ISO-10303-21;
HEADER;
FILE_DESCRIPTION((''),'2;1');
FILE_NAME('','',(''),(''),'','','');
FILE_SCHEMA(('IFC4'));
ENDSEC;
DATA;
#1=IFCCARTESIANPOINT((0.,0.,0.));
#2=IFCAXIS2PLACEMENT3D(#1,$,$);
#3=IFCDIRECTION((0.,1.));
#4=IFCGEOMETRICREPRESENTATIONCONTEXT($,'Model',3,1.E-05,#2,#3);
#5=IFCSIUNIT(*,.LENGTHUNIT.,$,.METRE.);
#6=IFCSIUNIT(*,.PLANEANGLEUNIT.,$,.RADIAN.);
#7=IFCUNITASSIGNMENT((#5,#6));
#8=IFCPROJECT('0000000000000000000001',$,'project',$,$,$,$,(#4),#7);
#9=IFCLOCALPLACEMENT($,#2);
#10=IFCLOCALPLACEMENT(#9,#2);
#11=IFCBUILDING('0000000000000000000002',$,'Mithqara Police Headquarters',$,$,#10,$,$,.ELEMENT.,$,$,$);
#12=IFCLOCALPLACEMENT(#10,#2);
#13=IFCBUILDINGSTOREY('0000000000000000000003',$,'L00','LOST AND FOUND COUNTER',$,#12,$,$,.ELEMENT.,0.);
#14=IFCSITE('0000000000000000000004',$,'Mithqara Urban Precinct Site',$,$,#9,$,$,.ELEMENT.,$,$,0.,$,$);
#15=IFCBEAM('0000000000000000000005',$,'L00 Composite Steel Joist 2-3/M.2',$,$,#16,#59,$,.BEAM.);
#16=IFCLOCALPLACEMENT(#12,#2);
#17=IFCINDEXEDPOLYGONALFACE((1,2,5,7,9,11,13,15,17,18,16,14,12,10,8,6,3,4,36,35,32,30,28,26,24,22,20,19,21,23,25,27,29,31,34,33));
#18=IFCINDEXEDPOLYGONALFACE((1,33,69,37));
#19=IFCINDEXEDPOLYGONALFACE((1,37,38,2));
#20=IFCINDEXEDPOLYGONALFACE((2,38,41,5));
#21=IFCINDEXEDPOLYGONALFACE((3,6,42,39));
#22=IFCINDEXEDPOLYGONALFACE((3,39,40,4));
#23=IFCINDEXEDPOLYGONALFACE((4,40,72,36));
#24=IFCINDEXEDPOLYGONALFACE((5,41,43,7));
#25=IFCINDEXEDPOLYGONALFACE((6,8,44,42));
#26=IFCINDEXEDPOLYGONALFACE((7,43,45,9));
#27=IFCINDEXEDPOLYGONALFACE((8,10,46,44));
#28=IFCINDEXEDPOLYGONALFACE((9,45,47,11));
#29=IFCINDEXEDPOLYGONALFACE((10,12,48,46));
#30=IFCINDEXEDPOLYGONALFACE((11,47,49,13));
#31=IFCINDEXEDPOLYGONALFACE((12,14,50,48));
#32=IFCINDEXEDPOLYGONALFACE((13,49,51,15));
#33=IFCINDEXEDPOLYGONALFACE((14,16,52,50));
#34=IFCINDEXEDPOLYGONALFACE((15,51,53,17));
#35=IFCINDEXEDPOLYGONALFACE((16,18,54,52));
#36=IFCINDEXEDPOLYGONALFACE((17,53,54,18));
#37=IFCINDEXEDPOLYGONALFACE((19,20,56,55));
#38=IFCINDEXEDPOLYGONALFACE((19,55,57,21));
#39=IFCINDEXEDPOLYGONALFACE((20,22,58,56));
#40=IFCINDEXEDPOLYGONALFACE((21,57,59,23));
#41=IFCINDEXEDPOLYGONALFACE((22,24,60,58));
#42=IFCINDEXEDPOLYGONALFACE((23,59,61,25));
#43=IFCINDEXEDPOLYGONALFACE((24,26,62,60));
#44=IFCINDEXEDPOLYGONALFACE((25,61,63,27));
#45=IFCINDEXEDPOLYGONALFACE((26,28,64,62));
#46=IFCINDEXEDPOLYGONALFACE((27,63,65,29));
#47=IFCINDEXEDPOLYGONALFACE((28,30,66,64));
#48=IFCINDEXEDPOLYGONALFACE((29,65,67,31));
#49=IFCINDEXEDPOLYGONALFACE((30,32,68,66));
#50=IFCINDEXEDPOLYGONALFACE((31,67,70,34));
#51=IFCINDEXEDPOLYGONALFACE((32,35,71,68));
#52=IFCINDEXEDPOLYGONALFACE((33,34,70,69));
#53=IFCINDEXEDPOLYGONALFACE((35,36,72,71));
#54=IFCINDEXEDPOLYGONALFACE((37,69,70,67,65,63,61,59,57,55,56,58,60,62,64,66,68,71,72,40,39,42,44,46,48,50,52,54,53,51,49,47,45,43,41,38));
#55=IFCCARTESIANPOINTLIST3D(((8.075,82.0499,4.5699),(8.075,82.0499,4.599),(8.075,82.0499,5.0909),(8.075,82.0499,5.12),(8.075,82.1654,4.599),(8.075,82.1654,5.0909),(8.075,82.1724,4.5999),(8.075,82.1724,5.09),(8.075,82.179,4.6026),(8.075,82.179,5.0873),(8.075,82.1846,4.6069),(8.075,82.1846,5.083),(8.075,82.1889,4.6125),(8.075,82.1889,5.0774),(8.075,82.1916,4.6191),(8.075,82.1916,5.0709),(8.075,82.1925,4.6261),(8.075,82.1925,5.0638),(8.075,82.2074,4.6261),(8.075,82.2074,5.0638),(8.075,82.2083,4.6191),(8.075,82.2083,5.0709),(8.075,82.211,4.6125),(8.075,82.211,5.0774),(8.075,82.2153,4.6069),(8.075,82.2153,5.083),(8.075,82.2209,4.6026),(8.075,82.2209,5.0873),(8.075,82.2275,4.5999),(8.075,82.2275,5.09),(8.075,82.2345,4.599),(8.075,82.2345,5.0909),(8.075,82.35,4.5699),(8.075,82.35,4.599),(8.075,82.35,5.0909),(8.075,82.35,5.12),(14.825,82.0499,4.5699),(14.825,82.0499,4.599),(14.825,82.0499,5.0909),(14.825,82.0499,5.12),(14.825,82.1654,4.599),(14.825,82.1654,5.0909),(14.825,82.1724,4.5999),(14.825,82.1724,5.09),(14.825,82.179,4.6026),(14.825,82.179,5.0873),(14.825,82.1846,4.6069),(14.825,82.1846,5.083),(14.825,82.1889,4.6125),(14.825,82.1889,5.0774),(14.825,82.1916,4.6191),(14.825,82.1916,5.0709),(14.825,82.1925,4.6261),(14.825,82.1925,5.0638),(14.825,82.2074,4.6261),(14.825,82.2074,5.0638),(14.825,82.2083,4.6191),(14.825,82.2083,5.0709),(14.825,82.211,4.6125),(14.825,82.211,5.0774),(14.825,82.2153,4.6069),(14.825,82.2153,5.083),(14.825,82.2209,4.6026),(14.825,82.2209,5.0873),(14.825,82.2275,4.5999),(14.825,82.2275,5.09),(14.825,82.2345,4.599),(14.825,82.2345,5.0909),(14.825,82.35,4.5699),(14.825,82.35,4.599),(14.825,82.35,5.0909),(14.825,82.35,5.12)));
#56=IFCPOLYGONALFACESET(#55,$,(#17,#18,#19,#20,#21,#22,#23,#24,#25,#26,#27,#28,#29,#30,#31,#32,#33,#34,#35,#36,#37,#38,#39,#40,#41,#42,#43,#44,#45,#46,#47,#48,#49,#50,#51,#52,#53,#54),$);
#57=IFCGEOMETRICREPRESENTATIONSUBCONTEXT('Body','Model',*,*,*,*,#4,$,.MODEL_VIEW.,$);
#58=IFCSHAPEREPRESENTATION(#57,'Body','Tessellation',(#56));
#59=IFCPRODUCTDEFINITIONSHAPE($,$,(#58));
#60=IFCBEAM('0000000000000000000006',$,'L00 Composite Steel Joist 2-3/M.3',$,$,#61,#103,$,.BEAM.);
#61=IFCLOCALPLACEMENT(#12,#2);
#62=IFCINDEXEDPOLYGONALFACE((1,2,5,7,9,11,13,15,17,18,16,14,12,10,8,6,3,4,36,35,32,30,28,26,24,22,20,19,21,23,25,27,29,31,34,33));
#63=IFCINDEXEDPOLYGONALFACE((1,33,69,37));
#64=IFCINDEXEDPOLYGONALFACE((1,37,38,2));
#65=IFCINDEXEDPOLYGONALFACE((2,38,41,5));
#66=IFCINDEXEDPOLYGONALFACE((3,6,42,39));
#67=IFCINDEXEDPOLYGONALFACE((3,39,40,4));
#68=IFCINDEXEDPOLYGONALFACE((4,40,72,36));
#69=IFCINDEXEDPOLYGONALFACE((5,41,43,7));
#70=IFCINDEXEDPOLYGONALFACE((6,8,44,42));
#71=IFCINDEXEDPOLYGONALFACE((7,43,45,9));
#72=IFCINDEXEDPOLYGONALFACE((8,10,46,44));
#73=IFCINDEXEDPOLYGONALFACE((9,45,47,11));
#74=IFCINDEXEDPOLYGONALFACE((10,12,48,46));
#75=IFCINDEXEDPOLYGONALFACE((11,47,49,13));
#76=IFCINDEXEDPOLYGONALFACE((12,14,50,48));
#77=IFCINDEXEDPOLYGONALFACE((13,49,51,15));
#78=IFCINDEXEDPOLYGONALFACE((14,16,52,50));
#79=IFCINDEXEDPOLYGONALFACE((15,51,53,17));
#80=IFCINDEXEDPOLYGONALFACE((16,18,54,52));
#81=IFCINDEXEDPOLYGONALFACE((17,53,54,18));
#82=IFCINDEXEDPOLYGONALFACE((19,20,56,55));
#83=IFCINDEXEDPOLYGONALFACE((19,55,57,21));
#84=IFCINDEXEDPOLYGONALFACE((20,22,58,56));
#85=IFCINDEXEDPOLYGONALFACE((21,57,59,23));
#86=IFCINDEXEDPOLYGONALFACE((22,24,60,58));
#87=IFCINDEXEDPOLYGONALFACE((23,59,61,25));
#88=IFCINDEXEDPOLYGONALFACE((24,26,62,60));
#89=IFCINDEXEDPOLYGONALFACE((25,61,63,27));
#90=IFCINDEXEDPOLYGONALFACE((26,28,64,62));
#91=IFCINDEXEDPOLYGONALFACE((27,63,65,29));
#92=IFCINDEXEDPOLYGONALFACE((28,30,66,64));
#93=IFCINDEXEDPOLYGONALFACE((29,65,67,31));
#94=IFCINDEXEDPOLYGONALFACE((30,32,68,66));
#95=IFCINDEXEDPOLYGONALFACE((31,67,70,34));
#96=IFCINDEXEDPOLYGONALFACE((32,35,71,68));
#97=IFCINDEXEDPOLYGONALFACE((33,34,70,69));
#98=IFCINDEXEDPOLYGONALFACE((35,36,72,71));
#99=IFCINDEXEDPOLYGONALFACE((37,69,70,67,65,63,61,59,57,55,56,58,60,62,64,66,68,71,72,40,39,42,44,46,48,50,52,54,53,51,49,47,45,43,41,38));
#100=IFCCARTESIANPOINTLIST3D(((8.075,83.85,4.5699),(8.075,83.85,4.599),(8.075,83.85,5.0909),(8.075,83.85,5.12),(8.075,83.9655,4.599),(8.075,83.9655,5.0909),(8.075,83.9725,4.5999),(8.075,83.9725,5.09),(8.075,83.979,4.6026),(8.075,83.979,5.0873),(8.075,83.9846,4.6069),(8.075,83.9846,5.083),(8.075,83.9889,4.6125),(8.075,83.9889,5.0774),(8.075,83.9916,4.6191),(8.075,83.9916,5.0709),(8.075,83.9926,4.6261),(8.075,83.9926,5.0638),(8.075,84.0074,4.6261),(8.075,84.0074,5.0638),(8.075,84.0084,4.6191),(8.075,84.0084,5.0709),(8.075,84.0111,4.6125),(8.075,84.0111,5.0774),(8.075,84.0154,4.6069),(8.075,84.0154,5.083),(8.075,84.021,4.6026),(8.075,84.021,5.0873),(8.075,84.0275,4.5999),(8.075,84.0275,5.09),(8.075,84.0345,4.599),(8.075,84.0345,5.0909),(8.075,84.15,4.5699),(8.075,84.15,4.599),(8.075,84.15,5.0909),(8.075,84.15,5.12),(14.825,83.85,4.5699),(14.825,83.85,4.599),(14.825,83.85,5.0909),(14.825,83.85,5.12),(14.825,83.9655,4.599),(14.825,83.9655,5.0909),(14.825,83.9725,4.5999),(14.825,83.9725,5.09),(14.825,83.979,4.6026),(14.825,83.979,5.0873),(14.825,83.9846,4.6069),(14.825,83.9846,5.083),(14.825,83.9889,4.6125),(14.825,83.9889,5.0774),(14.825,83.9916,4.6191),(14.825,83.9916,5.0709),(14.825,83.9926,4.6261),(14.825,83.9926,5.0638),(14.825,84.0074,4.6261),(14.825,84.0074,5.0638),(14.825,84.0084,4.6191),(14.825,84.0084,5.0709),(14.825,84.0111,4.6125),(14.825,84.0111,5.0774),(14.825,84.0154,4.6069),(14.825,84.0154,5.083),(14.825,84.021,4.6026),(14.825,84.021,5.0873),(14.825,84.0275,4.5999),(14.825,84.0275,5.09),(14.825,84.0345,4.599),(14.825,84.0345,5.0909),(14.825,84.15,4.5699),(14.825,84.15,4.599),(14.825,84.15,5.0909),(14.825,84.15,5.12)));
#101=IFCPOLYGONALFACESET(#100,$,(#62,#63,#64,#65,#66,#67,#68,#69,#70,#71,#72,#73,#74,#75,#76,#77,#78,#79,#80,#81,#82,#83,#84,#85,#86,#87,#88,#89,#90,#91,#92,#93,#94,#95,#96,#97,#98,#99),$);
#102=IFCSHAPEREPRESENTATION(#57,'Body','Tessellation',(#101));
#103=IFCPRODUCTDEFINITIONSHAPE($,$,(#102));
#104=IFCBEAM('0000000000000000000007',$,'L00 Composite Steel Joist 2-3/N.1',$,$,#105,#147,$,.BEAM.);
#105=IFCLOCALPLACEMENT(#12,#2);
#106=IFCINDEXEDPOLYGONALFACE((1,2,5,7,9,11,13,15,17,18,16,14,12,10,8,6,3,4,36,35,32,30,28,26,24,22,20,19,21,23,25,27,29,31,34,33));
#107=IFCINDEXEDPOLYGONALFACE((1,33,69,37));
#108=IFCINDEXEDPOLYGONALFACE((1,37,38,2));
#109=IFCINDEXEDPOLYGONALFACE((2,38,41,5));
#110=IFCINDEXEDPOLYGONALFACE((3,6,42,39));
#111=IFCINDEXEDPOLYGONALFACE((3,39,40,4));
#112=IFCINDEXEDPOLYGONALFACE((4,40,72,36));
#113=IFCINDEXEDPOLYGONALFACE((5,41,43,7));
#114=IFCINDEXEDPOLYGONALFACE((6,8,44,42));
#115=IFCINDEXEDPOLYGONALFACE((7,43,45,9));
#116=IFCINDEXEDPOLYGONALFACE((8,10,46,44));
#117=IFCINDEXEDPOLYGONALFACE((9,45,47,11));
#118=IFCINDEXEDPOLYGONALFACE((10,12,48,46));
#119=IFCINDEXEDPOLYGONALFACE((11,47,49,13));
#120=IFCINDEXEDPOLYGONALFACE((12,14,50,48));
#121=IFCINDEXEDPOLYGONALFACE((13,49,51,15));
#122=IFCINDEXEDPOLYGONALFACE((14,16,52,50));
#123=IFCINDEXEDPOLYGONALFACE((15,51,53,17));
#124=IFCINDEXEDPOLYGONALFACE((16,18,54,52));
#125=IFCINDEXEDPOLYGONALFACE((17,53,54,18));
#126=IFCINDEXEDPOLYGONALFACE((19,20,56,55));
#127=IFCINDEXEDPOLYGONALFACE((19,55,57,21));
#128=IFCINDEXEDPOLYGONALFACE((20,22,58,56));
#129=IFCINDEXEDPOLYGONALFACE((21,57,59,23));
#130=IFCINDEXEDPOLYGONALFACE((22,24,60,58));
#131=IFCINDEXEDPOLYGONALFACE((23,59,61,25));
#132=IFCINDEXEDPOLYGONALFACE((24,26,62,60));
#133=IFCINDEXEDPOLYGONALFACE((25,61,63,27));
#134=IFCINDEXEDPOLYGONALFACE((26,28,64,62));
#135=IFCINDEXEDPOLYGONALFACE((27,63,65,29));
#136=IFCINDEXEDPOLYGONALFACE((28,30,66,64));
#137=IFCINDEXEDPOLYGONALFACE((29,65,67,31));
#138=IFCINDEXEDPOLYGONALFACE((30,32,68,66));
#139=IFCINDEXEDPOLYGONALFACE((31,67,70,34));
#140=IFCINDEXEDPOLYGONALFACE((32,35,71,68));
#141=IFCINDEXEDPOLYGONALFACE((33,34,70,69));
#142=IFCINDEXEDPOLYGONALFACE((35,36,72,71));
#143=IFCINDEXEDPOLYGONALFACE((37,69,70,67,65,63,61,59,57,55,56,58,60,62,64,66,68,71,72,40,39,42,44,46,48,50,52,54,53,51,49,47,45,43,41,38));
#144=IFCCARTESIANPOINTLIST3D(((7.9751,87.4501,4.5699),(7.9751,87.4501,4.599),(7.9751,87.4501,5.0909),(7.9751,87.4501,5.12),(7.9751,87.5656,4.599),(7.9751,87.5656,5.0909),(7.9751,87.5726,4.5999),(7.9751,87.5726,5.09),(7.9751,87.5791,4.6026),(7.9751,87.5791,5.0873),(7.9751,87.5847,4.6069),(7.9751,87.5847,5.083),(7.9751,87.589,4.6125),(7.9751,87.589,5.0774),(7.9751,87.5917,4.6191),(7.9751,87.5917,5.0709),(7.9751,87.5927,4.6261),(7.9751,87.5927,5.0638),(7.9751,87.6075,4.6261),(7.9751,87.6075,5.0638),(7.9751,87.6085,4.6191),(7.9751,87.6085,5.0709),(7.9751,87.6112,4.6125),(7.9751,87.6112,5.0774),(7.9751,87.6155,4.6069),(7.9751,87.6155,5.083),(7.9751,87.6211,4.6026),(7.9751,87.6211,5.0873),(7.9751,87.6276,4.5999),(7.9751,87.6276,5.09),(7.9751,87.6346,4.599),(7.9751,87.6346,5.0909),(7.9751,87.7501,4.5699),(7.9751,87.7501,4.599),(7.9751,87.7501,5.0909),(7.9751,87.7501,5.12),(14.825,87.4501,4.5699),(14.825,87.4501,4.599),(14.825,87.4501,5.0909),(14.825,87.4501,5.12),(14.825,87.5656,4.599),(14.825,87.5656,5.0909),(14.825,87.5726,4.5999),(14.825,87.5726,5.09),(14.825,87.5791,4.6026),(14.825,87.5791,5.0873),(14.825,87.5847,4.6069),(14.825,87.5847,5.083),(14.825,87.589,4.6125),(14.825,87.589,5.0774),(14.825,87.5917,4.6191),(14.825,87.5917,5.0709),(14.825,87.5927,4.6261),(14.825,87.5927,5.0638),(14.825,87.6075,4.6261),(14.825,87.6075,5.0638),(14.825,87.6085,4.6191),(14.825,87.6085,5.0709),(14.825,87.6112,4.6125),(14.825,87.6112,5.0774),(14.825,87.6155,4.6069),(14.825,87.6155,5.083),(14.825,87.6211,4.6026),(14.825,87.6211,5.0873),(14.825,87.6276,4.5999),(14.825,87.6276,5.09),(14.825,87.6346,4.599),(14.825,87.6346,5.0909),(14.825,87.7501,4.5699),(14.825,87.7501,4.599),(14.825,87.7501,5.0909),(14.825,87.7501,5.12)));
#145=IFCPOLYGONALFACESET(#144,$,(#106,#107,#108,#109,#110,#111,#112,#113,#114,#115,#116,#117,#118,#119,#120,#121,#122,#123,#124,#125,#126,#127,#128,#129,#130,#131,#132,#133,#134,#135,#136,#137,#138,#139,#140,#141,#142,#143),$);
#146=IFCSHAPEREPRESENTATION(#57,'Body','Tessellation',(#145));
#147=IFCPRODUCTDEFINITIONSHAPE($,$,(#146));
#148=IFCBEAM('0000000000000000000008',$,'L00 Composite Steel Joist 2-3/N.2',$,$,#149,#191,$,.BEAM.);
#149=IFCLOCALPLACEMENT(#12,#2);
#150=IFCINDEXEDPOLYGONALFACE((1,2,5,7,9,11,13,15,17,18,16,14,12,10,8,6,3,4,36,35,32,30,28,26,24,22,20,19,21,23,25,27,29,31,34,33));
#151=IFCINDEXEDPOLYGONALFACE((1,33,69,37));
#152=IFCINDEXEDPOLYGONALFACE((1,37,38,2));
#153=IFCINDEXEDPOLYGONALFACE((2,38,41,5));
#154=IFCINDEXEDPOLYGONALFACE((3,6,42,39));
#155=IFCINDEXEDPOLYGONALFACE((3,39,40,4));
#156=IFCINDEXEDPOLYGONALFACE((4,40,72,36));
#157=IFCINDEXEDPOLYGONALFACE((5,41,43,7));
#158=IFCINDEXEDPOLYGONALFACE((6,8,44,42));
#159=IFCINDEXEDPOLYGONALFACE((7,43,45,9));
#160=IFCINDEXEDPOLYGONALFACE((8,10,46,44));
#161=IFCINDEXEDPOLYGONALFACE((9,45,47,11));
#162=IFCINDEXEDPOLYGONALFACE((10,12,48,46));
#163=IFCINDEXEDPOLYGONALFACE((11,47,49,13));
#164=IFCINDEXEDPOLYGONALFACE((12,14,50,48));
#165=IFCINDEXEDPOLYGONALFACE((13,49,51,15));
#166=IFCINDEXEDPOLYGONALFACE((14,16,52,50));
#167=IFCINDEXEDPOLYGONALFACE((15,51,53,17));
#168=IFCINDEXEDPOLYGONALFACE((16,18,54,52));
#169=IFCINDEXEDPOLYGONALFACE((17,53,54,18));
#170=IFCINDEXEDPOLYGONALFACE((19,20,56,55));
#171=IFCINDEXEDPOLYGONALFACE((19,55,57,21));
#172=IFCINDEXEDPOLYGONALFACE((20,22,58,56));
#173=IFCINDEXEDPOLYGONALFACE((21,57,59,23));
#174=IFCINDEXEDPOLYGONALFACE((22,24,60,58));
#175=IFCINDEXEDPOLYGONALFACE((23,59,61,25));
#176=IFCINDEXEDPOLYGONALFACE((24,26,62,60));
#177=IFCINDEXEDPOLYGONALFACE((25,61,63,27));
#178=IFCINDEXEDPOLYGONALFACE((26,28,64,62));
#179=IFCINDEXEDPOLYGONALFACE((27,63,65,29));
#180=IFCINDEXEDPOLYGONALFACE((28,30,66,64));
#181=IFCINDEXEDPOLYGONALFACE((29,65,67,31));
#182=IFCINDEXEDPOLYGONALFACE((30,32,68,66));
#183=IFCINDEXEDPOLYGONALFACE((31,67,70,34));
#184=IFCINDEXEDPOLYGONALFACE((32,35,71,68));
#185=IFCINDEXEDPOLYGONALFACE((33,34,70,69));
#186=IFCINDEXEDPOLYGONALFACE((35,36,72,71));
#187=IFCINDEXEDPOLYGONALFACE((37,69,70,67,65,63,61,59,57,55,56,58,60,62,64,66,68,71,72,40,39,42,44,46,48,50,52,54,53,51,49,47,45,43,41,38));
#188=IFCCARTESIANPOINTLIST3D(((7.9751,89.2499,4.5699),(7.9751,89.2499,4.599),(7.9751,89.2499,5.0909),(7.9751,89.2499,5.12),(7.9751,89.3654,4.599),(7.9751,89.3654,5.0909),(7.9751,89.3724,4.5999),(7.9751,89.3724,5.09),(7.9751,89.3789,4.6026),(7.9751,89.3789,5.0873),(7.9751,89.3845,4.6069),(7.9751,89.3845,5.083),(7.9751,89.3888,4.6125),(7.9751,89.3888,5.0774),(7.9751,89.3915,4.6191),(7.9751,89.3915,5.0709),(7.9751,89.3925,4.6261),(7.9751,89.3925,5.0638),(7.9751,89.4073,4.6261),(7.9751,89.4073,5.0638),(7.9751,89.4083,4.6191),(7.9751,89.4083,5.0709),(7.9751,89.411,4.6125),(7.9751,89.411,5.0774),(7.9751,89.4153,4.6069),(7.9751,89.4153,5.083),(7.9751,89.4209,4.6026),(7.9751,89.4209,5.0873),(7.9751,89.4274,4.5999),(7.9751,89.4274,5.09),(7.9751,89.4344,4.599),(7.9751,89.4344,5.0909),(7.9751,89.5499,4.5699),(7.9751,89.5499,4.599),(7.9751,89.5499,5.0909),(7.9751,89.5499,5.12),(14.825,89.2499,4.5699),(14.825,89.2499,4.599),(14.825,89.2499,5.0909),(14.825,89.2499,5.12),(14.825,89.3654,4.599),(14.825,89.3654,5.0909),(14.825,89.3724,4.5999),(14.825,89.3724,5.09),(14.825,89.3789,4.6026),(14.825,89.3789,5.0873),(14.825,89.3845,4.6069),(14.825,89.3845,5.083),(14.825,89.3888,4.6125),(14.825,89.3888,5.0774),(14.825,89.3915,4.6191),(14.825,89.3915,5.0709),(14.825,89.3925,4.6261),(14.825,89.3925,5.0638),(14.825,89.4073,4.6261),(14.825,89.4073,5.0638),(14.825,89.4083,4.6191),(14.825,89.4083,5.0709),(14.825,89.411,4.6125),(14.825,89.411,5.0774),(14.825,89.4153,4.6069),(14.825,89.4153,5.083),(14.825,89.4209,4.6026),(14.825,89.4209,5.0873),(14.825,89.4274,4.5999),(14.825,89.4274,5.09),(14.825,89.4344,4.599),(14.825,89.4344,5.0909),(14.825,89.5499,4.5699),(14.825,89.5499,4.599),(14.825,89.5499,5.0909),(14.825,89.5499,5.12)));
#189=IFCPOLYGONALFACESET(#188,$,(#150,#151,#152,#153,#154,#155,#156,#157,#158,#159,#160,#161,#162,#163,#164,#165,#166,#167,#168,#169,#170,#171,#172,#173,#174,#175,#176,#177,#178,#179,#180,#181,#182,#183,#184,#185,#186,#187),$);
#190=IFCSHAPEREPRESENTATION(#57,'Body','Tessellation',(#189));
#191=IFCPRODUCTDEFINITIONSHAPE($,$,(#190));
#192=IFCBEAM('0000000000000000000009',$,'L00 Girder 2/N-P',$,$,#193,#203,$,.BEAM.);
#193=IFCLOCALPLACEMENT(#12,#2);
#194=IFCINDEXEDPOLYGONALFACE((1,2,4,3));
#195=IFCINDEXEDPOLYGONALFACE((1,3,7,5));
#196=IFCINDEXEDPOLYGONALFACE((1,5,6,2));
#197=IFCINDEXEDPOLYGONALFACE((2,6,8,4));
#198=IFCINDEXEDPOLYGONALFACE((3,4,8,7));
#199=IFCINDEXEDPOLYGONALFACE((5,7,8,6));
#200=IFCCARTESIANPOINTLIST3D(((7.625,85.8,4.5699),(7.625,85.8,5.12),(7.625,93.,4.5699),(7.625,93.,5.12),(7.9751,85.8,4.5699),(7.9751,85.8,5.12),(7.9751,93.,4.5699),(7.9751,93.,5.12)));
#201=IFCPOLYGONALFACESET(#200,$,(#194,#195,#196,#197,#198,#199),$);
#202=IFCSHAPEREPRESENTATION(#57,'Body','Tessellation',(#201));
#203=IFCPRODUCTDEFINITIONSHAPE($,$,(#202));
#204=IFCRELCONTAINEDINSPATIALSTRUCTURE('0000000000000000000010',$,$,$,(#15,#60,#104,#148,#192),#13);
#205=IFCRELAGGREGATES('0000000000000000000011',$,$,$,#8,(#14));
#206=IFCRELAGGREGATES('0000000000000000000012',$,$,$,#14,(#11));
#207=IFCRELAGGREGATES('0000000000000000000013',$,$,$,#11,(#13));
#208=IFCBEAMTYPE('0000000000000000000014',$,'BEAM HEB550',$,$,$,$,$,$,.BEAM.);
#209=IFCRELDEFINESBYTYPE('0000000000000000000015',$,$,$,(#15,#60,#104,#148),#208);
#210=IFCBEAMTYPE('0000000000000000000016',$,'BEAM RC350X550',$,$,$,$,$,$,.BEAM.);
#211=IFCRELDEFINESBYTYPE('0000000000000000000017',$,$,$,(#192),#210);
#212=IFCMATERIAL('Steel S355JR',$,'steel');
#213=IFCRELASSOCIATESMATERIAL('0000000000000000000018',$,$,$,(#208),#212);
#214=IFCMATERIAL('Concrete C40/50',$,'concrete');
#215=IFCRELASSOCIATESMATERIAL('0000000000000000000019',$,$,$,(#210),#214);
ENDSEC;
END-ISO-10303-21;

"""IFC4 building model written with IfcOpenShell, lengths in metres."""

from ifc_helpers import new_model, si_unit, direction, frame, origin, origin_2d, place, context, subcontext, project, spatial, rectangle, i_section, extrude, material, material_profile, profile_set, type_object, element, save


model = new_model("IFC4")

# Units and contexts
model_context = context("Model", 3, precision=1e-05, world=origin(), true_north=direction((0.0, 1.0)))
body_context = subcontext(model_context, "Body", "Model", "MODEL_VIEW")
ifc_project = project(units=[si_unit("LENGTHUNIT", "METRE"), si_unit("PLANEANGLEUNIT", "RADIAN")], contexts=[model_context])

# Site, building, storey
site_placement = place(None, origin())
site = spatial("IfcSite", under=ifc_project, at=site_placement, Name="Mithqara Urban Precinct Site", CompositionType="ELEMENT", RefElevation=0.0)
building_placement = place(site_placement, origin())
building = spatial("IfcBuilding", under=site, at=building_placement, Name="Mithqara Police Headquarters", CompositionType="ELEMENT")
storey_placement = place(building_placement, origin())
storey = spatial("IfcBuildingStorey", under=building, at=storey_placement, Name="L00", Description="LOST AND FOUND COUNTER", CompositionType="ELEMENT", Elevation=0.0)

# Shared definitions
ifc_material_1 = material(Name="Concrete C40/50", Category="concrete")

# Beams
ifc_material_2 = material(Name="Steel S355JR", Category="steel")
ifc_material_profile_1 = material_profile(ifc_material_2, i_section(OverallWidth=0.3, OverallDepth=0.55, WebThickness=0.0149, FlangeThickness=0.0291, FilletRadius=0.0271, at=origin_2d()), Name="HEB 550")
ifc_profile_set_1 = profile_set([ifc_material_profile_1], Name="Steel S355JR")
beam_type_1 = type_object("IfcBeamType", Name="BEAM HEB550", PredefinedType="BEAM", material=ifc_profile_set_1)
for number, where, z_axis, x_axis, name in (
    (1, (8.075, 82.2, 4.845), (1.0, 0.0, 0.0), (0.0, 1.0, 0.0), "L00 Composite Steel Joist 2-3/M.2"),
    (2, (8.075, 84.0, 4.845), (1.0, 0.0, 0.0), (0.0, 1.0, 0.0), "L00 Composite Steel Joist 2-3/M.3"),
):
    element("IfcBeam", number, at=place(storey_placement, frame(where, z_axis=z_axis, x_axis=x_axis)), inside=storey, type_object=beam_type_1, Name=name, PredefinedType="BEAM", context=body_context, shape_type="SweptSolid", body=[
        extrude(i_section(OverallWidth=0.3, OverallDepth=0.55, WebThickness=0.0149, FlangeThickness=0.0291, FilletRadius=0.0271, at=origin_2d()), origin(), (0.0, 0.0, 1.0), 6.75),
    ])
for number, where, z_axis, x_axis, name in (
    (3, (7.9751, 87.6001, 4.845), (1.0, 0.0, 0.0), (0.0, 1.0, 0.0), "L00 Composite Steel Joist 2-3/N.1"),
    (4, (7.9751, 89.3999, 4.845), (1.0, 0.0, 0.0), (0.0, 1.0, 0.0), "L00 Composite Steel Joist 2-3/N.2"),
):
    element("IfcBeam", number, at=place(storey_placement, frame(where, z_axis=z_axis, x_axis=x_axis)), inside=storey, type_object=beam_type_1, Name=name, PredefinedType="BEAM", context=body_context, shape_type="SweptSolid", body=[
        extrude(i_section(OverallWidth=0.3, OverallDepth=0.55, WebThickness=0.0149, FlangeThickness=0.0291, FilletRadius=0.0271, at=origin_2d()), origin(), (0.0, 0.0, 1.0), 6.8499),
    ])
ifc_material_profile_2 = material_profile(ifc_material_1, rectangle(XDim=0.3501, YDim=0.55, at=origin_2d()), Name="RC 350x550")
ifc_profile_set_2 = profile_set([ifc_material_profile_2], Name="Concrete C40/50")
beam_type_2 = type_object("IfcBeamType", Name="BEAM RC350X550", PredefinedType="BEAM", material=ifc_profile_set_2)
beam_1_placement = place(storey_placement, frame((7.8, 85.8, 4.845), z_axis=(0.0, 1.0, 0.0), x_axis=(-1.0, 0.0, 0.0)))
element("IfcBeam", 5, at=beam_1_placement, inside=storey, type_object=beam_type_2, Name="L00 Girder 2/N-P", PredefinedType="BEAM", context=body_context, shape_type="SweptSolid", body=[
    extrude(rectangle(XDim=0.3501, YDim=0.55, at=origin_2d()), origin(), (0.0, 0.0, 1.0), 7.2),
])

save(model, "model.ifc")
